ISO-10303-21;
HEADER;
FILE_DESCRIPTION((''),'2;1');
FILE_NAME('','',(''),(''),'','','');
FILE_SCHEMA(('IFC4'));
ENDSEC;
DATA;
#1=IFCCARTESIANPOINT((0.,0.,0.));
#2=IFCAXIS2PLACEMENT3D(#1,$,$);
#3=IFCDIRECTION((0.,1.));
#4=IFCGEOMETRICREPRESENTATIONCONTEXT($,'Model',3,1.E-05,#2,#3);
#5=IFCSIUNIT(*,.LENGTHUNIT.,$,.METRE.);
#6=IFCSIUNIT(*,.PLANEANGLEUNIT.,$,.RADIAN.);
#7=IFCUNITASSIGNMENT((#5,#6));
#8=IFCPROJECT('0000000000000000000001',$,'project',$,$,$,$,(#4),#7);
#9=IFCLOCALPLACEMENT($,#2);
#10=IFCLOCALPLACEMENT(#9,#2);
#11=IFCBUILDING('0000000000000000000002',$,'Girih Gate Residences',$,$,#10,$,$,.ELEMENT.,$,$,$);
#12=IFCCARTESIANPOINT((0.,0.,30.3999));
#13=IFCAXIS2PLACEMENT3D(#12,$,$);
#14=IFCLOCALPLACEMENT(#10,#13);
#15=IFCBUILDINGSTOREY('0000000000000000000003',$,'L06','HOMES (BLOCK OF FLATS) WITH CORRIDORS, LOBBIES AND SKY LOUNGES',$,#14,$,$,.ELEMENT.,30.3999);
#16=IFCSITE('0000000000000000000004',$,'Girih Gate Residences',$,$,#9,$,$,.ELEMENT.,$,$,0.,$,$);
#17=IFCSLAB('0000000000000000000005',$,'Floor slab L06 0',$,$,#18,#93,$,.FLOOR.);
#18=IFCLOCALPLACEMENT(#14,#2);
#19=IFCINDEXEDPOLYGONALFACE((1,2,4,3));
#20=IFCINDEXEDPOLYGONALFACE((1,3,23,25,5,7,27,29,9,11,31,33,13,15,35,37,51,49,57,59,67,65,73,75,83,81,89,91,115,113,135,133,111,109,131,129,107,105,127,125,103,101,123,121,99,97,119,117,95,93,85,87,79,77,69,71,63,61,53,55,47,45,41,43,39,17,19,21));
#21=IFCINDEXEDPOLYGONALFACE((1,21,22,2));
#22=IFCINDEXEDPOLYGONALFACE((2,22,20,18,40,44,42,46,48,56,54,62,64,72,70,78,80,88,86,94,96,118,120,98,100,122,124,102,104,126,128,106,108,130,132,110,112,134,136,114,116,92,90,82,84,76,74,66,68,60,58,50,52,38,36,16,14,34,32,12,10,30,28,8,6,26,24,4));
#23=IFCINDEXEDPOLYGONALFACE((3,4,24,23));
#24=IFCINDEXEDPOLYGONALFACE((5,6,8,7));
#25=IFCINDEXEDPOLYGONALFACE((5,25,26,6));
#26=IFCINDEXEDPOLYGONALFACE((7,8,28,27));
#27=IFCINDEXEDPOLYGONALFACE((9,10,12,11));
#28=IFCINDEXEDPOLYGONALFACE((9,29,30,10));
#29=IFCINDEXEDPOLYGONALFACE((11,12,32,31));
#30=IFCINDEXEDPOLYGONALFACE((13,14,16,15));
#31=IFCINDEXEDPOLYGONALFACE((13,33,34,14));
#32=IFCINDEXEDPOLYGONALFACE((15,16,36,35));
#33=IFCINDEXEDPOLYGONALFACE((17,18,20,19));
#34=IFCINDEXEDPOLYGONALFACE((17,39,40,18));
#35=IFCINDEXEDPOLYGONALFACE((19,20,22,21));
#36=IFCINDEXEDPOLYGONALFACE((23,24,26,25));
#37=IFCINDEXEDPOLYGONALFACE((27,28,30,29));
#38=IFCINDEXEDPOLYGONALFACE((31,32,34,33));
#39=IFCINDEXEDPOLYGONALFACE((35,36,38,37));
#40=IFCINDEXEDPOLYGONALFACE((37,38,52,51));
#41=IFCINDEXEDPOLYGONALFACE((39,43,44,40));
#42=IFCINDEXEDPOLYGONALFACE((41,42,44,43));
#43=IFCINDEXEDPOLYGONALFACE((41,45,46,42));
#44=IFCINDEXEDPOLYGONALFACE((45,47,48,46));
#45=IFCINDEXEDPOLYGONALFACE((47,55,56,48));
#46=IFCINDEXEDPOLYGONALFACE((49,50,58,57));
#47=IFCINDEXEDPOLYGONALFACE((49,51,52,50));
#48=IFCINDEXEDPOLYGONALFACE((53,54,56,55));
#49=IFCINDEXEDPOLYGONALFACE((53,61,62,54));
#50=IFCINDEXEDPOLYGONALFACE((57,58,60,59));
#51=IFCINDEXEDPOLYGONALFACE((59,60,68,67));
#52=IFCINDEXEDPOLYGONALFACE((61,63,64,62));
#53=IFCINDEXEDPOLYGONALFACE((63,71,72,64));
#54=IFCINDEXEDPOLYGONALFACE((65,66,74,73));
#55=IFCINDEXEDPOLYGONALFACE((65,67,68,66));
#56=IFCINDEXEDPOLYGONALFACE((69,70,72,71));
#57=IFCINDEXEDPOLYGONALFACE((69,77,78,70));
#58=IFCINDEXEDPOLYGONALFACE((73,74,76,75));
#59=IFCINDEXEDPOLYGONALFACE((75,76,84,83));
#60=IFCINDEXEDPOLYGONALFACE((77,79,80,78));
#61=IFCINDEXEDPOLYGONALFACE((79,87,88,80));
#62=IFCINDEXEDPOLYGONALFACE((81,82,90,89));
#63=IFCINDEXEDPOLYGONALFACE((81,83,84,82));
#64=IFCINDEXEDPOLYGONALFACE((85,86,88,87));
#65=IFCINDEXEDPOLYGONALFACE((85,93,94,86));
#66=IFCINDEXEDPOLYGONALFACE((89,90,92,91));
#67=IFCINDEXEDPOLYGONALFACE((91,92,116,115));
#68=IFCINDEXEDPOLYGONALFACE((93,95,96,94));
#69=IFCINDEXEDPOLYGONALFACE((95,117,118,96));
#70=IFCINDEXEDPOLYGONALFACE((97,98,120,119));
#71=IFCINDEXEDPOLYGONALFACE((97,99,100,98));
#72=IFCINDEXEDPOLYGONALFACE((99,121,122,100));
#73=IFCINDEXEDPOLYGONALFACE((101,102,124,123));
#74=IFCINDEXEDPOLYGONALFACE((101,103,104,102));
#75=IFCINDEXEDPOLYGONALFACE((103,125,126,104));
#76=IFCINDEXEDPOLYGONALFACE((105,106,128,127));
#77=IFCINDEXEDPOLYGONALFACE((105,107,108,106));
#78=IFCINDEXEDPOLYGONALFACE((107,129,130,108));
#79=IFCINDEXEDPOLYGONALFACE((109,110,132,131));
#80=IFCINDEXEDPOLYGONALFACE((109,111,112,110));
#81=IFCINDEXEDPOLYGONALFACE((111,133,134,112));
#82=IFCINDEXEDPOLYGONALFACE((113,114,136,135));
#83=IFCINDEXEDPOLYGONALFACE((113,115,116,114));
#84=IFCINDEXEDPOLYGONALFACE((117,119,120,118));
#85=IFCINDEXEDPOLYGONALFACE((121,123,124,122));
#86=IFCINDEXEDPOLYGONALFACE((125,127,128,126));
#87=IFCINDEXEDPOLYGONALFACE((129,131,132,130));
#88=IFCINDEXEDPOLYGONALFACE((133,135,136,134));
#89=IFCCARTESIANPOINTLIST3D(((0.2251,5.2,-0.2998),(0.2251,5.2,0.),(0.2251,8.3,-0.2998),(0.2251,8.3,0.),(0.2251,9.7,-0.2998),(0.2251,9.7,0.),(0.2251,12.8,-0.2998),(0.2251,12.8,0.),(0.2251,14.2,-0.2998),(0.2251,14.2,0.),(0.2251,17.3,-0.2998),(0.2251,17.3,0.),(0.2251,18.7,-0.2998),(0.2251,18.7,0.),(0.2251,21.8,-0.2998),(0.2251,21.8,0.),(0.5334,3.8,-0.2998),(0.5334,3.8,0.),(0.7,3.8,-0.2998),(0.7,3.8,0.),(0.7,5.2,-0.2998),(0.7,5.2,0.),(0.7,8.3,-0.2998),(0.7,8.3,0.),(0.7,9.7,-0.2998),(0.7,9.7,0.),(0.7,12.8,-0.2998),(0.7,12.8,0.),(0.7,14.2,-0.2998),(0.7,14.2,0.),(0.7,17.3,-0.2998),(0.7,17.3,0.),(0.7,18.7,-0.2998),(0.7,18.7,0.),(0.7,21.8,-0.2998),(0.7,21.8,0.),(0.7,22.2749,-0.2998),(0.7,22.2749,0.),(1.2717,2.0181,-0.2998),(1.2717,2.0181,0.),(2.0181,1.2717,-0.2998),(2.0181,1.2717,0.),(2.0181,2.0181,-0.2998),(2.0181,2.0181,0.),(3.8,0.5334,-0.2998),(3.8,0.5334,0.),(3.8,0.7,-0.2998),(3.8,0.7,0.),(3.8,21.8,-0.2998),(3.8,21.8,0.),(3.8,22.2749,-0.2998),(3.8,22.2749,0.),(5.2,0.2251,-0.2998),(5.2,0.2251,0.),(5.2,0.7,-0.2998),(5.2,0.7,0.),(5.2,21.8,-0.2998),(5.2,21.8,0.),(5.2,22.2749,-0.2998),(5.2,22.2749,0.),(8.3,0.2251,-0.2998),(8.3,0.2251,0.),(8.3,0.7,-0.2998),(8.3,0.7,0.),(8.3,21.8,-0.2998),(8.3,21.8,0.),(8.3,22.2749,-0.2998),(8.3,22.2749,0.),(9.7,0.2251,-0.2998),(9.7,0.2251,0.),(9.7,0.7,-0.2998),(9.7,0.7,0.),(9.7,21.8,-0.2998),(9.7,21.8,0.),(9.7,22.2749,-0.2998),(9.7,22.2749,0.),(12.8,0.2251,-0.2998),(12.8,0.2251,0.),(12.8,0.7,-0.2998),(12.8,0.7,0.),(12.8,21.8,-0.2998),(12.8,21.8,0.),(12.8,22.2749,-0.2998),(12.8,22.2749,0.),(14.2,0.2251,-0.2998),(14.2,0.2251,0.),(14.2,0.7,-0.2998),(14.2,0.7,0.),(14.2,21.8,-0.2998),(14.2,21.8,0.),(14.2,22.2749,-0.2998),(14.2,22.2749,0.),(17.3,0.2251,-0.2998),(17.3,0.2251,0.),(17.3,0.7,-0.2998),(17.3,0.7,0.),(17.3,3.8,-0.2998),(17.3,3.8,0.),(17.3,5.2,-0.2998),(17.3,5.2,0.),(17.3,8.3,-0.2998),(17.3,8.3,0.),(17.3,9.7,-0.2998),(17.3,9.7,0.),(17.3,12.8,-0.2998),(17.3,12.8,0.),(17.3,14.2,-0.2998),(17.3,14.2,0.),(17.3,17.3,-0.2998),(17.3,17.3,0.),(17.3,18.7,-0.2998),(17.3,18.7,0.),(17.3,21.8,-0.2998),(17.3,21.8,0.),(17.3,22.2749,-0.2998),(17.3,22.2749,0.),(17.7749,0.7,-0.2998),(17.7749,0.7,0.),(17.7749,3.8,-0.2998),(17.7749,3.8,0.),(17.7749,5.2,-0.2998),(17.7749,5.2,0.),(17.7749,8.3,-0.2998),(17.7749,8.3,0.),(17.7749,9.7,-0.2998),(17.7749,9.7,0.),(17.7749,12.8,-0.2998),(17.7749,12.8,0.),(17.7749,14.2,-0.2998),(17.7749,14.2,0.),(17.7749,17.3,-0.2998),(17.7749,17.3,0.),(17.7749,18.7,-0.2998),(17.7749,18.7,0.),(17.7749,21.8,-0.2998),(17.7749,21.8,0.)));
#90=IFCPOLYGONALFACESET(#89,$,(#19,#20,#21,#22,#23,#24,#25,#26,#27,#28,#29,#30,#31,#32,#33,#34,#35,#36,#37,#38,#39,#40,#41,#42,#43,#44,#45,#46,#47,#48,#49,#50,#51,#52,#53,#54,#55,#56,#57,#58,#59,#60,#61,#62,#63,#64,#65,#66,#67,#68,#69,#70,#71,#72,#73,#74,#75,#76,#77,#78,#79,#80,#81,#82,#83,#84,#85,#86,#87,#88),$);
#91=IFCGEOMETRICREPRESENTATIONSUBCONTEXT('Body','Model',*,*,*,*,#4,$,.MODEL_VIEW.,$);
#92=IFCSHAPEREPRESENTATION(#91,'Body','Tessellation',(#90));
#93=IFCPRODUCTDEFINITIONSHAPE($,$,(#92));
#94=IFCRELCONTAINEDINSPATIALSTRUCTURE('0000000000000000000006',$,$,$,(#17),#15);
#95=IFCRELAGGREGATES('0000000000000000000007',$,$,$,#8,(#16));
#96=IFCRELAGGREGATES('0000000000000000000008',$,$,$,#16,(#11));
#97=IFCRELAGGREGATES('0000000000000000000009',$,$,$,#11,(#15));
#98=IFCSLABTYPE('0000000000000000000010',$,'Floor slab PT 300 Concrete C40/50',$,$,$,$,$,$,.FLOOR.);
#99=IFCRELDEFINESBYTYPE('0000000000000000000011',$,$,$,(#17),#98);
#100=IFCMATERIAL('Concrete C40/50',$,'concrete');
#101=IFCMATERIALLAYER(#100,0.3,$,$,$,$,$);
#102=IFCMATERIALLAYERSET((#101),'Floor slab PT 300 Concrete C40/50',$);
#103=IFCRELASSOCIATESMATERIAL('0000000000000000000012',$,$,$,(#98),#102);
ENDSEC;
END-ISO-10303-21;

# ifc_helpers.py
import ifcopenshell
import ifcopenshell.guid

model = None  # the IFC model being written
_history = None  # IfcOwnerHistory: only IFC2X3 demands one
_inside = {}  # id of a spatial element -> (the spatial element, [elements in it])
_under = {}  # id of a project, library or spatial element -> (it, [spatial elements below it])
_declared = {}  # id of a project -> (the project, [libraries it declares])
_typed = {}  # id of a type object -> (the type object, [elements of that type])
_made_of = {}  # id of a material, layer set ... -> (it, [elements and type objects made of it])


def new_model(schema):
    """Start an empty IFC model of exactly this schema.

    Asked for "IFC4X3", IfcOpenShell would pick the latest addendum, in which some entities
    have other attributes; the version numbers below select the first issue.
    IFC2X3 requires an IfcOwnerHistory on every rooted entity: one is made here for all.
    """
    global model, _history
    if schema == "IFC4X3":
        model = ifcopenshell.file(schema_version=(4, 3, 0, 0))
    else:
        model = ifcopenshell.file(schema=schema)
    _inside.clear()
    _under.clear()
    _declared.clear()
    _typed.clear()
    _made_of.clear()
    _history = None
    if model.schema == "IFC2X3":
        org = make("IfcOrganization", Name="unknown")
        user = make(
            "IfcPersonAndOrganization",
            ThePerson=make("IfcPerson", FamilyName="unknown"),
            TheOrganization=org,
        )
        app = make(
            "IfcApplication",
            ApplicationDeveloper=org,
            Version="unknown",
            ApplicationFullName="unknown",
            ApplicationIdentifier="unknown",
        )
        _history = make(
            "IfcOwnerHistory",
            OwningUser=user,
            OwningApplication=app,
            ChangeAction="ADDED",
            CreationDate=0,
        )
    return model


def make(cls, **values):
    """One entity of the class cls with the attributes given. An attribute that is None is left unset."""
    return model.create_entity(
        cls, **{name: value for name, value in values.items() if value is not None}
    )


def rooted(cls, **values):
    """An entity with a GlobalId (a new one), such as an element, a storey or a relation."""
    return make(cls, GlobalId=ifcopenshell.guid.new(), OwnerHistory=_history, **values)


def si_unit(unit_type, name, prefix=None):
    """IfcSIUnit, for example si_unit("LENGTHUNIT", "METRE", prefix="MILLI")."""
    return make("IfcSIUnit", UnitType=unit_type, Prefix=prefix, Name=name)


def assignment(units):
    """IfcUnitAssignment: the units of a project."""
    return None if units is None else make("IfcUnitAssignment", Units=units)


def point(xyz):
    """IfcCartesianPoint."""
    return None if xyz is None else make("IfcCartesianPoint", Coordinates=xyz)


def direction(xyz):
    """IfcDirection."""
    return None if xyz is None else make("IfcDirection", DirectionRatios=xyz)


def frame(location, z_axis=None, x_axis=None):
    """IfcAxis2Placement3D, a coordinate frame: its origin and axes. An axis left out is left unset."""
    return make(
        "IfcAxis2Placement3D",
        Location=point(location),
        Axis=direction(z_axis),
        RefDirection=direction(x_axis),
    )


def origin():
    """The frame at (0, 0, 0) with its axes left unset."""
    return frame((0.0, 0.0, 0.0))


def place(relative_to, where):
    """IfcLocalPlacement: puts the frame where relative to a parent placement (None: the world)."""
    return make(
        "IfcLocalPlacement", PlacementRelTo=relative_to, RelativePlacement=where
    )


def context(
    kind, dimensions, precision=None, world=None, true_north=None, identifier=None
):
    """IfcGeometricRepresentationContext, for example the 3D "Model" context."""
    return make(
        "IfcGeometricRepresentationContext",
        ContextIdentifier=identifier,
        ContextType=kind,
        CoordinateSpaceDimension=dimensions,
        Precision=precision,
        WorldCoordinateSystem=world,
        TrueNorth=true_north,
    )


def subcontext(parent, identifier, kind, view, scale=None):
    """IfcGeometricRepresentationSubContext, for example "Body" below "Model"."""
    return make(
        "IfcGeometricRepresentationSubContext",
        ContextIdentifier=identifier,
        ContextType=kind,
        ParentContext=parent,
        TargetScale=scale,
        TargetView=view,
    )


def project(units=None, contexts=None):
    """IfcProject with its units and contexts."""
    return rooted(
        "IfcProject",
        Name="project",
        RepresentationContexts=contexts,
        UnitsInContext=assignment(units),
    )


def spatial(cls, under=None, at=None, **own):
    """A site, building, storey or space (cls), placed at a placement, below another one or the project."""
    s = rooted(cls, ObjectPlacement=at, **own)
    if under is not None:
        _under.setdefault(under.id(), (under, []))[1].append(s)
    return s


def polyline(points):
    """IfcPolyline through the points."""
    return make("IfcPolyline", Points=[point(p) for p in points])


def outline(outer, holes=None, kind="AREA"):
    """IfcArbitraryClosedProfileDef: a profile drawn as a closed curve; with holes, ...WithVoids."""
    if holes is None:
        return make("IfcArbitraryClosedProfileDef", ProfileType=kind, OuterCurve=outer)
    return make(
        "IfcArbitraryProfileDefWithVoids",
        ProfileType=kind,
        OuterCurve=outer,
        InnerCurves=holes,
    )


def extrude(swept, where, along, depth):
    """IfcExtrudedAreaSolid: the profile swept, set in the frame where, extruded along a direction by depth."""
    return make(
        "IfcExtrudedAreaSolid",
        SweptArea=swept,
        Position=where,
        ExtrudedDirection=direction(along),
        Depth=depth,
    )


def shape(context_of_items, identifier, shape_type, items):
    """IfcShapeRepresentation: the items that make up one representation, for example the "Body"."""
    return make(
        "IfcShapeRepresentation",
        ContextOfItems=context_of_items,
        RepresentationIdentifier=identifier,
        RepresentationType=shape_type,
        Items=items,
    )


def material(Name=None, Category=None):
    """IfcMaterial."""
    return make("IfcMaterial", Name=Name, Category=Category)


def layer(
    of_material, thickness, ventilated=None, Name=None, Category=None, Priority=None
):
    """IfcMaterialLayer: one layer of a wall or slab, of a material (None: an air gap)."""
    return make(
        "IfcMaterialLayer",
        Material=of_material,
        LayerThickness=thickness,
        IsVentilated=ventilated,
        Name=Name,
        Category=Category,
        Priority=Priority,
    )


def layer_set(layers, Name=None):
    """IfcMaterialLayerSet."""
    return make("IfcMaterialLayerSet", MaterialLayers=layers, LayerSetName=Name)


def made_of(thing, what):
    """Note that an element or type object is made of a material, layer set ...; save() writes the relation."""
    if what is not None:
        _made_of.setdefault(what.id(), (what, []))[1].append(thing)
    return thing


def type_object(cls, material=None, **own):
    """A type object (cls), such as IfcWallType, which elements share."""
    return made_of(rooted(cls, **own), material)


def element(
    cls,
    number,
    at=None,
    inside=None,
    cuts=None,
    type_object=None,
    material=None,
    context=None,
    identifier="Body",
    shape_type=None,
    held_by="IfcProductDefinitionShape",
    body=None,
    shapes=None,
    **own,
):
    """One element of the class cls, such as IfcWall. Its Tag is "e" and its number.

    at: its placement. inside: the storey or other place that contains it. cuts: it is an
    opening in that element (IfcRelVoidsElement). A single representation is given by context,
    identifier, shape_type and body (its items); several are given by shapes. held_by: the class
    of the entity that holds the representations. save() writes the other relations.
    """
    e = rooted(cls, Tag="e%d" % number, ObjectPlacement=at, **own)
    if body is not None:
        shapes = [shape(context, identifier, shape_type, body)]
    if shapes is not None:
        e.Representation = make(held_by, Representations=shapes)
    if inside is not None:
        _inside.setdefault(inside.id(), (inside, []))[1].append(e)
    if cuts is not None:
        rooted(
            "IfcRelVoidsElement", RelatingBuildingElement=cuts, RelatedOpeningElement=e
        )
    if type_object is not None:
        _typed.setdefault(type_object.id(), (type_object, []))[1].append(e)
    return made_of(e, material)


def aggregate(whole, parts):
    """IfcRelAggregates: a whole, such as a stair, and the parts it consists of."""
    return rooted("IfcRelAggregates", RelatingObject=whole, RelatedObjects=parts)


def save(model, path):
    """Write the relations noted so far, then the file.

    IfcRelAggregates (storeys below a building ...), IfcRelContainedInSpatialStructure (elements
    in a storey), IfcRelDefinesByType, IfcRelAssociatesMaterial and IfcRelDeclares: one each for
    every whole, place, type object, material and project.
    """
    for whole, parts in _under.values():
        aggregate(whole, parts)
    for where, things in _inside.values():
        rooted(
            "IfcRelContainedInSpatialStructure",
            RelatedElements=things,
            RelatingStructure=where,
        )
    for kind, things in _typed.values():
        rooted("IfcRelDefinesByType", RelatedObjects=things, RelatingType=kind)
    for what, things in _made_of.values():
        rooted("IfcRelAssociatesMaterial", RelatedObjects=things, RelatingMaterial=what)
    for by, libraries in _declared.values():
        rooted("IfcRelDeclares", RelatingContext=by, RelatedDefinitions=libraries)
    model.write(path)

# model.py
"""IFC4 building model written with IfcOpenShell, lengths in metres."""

from ifc_helpers import new_model, si_unit, direction, frame, origin, place, context, subcontext, project, spatial, polyline, outline, extrude, material, layer, layer_set, type_object, element, save


model = new_model("IFC4")

# Units and contexts
model_context = context("Model", 3, precision=1e-05, world=origin(), true_north=direction((0.0, 1.0)))
body_context = subcontext(model_context, "Body", "Model", "MODEL_VIEW")
ifc_project = project(units=[si_unit("LENGTHUNIT", "METRE"), si_unit("PLANEANGLEUNIT", "RADIAN")], contexts=[model_context])

# Site, building, storey
site_placement = place(None, origin())
site = spatial("IfcSite", under=ifc_project, at=site_placement, Name="Girih Gate Residences", CompositionType="ELEMENT", RefElevation=0.0)
building_placement = place(site_placement, origin())
building = spatial("IfcBuilding", under=site, at=building_placement, Name="Girih Gate Residences", CompositionType="ELEMENT")
storey_placement = place(building_placement, frame((0.0, 0.0, 30.3999)))
storey = spatial("IfcBuildingStorey", under=building, at=storey_placement, Name="L06", Description="HOMES (BLOCK OF FLATS) WITH CORRIDORS, LOBBIES AND SKY LOUNGES", CompositionType="ELEMENT", Elevation=30.3999)

# Slab
ifc_material_1 = material(Name="Concrete C40/50", Category="concrete")
ifc_layer_1 = layer(ifc_material_1, 0.3)
ifc_layer_set_1 = layer_set([ifc_layer_1], Name="Floor slab PT 300 Concrete C40/50")
slab_type_1 = type_object("IfcSlabType", Name="Floor slab PT 300 Concrete C40/50", PredefinedType="FLOOR", material=ifc_layer_set_1)
slab_1_placement = place(storey_placement, frame((0.0, 0.0, -0.2998)))
element("IfcSlab", 1, at=slab_1_placement, inside=storey, type_object=slab_type_1, Name="Floor slab L06 0", PredefinedType="FLOOR", context=body_context, shape_type="SweptSolid", body=[
    extrude(outline(polyline([(0.2251, 8.3), (0.2251, 5.2), (0.7, 5.2), (0.7, 3.8), (0.5334, 3.8), (1.2717, 2.0181), (2.0181, 2.0181), (2.0181, 1.2717), (3.8, 0.5334), (3.8, 0.7), (5.2, 0.7), (5.2, 0.2251), (8.3, 0.2251), (8.3, 0.7), (9.7, 0.7), (9.7, 0.2251), (12.8, 0.2251), (12.8, 0.7), (14.2, 0.7), (14.2, 0.2251), (17.3, 0.2251), (17.3, 0.7), (17.7749, 0.7), (17.7749, 3.8), (17.3, 3.8), (17.3, 5.2), (17.7749, 5.2), (17.7749, 8.3), (17.3, 8.3), (17.3, 9.7), (17.7749, 9.7), (17.7749, 12.8), (17.3, 12.8), (17.3, 14.2), (17.7749, 14.2), (17.7749, 17.3), (17.3, 17.3), (17.3, 18.7), (17.7749, 18.7), (17.7749, 21.8), (17.3, 21.8), (17.3, 22.2749), (14.2, 22.2749), (14.2, 21.8), (12.8, 21.8), (12.8, 22.2749), (9.7, 22.2749), (9.7, 21.8), (8.3, 21.8), (8.3, 22.2749), (5.2, 22.2749), (5.2, 21.8), (3.8, 21.8), (3.8, 22.2749), (0.7, 22.2749), (0.7, 21.8), (0.2251, 21.8), (0.2251, 18.7), (0.7, 18.7), (0.7, 17.3), (0.2251, 17.3), (0.2251, 14.2), (0.7, 14.2), (0.7, 12.8), (0.2251, 12.8), (0.2251, 9.7), (0.7, 9.7), (0.7, 8.3), (0.2251, 8.3)])), origin(), (0.0, 0.0, 1.0), 0.2998),
])

save(model, "model.ifc")
